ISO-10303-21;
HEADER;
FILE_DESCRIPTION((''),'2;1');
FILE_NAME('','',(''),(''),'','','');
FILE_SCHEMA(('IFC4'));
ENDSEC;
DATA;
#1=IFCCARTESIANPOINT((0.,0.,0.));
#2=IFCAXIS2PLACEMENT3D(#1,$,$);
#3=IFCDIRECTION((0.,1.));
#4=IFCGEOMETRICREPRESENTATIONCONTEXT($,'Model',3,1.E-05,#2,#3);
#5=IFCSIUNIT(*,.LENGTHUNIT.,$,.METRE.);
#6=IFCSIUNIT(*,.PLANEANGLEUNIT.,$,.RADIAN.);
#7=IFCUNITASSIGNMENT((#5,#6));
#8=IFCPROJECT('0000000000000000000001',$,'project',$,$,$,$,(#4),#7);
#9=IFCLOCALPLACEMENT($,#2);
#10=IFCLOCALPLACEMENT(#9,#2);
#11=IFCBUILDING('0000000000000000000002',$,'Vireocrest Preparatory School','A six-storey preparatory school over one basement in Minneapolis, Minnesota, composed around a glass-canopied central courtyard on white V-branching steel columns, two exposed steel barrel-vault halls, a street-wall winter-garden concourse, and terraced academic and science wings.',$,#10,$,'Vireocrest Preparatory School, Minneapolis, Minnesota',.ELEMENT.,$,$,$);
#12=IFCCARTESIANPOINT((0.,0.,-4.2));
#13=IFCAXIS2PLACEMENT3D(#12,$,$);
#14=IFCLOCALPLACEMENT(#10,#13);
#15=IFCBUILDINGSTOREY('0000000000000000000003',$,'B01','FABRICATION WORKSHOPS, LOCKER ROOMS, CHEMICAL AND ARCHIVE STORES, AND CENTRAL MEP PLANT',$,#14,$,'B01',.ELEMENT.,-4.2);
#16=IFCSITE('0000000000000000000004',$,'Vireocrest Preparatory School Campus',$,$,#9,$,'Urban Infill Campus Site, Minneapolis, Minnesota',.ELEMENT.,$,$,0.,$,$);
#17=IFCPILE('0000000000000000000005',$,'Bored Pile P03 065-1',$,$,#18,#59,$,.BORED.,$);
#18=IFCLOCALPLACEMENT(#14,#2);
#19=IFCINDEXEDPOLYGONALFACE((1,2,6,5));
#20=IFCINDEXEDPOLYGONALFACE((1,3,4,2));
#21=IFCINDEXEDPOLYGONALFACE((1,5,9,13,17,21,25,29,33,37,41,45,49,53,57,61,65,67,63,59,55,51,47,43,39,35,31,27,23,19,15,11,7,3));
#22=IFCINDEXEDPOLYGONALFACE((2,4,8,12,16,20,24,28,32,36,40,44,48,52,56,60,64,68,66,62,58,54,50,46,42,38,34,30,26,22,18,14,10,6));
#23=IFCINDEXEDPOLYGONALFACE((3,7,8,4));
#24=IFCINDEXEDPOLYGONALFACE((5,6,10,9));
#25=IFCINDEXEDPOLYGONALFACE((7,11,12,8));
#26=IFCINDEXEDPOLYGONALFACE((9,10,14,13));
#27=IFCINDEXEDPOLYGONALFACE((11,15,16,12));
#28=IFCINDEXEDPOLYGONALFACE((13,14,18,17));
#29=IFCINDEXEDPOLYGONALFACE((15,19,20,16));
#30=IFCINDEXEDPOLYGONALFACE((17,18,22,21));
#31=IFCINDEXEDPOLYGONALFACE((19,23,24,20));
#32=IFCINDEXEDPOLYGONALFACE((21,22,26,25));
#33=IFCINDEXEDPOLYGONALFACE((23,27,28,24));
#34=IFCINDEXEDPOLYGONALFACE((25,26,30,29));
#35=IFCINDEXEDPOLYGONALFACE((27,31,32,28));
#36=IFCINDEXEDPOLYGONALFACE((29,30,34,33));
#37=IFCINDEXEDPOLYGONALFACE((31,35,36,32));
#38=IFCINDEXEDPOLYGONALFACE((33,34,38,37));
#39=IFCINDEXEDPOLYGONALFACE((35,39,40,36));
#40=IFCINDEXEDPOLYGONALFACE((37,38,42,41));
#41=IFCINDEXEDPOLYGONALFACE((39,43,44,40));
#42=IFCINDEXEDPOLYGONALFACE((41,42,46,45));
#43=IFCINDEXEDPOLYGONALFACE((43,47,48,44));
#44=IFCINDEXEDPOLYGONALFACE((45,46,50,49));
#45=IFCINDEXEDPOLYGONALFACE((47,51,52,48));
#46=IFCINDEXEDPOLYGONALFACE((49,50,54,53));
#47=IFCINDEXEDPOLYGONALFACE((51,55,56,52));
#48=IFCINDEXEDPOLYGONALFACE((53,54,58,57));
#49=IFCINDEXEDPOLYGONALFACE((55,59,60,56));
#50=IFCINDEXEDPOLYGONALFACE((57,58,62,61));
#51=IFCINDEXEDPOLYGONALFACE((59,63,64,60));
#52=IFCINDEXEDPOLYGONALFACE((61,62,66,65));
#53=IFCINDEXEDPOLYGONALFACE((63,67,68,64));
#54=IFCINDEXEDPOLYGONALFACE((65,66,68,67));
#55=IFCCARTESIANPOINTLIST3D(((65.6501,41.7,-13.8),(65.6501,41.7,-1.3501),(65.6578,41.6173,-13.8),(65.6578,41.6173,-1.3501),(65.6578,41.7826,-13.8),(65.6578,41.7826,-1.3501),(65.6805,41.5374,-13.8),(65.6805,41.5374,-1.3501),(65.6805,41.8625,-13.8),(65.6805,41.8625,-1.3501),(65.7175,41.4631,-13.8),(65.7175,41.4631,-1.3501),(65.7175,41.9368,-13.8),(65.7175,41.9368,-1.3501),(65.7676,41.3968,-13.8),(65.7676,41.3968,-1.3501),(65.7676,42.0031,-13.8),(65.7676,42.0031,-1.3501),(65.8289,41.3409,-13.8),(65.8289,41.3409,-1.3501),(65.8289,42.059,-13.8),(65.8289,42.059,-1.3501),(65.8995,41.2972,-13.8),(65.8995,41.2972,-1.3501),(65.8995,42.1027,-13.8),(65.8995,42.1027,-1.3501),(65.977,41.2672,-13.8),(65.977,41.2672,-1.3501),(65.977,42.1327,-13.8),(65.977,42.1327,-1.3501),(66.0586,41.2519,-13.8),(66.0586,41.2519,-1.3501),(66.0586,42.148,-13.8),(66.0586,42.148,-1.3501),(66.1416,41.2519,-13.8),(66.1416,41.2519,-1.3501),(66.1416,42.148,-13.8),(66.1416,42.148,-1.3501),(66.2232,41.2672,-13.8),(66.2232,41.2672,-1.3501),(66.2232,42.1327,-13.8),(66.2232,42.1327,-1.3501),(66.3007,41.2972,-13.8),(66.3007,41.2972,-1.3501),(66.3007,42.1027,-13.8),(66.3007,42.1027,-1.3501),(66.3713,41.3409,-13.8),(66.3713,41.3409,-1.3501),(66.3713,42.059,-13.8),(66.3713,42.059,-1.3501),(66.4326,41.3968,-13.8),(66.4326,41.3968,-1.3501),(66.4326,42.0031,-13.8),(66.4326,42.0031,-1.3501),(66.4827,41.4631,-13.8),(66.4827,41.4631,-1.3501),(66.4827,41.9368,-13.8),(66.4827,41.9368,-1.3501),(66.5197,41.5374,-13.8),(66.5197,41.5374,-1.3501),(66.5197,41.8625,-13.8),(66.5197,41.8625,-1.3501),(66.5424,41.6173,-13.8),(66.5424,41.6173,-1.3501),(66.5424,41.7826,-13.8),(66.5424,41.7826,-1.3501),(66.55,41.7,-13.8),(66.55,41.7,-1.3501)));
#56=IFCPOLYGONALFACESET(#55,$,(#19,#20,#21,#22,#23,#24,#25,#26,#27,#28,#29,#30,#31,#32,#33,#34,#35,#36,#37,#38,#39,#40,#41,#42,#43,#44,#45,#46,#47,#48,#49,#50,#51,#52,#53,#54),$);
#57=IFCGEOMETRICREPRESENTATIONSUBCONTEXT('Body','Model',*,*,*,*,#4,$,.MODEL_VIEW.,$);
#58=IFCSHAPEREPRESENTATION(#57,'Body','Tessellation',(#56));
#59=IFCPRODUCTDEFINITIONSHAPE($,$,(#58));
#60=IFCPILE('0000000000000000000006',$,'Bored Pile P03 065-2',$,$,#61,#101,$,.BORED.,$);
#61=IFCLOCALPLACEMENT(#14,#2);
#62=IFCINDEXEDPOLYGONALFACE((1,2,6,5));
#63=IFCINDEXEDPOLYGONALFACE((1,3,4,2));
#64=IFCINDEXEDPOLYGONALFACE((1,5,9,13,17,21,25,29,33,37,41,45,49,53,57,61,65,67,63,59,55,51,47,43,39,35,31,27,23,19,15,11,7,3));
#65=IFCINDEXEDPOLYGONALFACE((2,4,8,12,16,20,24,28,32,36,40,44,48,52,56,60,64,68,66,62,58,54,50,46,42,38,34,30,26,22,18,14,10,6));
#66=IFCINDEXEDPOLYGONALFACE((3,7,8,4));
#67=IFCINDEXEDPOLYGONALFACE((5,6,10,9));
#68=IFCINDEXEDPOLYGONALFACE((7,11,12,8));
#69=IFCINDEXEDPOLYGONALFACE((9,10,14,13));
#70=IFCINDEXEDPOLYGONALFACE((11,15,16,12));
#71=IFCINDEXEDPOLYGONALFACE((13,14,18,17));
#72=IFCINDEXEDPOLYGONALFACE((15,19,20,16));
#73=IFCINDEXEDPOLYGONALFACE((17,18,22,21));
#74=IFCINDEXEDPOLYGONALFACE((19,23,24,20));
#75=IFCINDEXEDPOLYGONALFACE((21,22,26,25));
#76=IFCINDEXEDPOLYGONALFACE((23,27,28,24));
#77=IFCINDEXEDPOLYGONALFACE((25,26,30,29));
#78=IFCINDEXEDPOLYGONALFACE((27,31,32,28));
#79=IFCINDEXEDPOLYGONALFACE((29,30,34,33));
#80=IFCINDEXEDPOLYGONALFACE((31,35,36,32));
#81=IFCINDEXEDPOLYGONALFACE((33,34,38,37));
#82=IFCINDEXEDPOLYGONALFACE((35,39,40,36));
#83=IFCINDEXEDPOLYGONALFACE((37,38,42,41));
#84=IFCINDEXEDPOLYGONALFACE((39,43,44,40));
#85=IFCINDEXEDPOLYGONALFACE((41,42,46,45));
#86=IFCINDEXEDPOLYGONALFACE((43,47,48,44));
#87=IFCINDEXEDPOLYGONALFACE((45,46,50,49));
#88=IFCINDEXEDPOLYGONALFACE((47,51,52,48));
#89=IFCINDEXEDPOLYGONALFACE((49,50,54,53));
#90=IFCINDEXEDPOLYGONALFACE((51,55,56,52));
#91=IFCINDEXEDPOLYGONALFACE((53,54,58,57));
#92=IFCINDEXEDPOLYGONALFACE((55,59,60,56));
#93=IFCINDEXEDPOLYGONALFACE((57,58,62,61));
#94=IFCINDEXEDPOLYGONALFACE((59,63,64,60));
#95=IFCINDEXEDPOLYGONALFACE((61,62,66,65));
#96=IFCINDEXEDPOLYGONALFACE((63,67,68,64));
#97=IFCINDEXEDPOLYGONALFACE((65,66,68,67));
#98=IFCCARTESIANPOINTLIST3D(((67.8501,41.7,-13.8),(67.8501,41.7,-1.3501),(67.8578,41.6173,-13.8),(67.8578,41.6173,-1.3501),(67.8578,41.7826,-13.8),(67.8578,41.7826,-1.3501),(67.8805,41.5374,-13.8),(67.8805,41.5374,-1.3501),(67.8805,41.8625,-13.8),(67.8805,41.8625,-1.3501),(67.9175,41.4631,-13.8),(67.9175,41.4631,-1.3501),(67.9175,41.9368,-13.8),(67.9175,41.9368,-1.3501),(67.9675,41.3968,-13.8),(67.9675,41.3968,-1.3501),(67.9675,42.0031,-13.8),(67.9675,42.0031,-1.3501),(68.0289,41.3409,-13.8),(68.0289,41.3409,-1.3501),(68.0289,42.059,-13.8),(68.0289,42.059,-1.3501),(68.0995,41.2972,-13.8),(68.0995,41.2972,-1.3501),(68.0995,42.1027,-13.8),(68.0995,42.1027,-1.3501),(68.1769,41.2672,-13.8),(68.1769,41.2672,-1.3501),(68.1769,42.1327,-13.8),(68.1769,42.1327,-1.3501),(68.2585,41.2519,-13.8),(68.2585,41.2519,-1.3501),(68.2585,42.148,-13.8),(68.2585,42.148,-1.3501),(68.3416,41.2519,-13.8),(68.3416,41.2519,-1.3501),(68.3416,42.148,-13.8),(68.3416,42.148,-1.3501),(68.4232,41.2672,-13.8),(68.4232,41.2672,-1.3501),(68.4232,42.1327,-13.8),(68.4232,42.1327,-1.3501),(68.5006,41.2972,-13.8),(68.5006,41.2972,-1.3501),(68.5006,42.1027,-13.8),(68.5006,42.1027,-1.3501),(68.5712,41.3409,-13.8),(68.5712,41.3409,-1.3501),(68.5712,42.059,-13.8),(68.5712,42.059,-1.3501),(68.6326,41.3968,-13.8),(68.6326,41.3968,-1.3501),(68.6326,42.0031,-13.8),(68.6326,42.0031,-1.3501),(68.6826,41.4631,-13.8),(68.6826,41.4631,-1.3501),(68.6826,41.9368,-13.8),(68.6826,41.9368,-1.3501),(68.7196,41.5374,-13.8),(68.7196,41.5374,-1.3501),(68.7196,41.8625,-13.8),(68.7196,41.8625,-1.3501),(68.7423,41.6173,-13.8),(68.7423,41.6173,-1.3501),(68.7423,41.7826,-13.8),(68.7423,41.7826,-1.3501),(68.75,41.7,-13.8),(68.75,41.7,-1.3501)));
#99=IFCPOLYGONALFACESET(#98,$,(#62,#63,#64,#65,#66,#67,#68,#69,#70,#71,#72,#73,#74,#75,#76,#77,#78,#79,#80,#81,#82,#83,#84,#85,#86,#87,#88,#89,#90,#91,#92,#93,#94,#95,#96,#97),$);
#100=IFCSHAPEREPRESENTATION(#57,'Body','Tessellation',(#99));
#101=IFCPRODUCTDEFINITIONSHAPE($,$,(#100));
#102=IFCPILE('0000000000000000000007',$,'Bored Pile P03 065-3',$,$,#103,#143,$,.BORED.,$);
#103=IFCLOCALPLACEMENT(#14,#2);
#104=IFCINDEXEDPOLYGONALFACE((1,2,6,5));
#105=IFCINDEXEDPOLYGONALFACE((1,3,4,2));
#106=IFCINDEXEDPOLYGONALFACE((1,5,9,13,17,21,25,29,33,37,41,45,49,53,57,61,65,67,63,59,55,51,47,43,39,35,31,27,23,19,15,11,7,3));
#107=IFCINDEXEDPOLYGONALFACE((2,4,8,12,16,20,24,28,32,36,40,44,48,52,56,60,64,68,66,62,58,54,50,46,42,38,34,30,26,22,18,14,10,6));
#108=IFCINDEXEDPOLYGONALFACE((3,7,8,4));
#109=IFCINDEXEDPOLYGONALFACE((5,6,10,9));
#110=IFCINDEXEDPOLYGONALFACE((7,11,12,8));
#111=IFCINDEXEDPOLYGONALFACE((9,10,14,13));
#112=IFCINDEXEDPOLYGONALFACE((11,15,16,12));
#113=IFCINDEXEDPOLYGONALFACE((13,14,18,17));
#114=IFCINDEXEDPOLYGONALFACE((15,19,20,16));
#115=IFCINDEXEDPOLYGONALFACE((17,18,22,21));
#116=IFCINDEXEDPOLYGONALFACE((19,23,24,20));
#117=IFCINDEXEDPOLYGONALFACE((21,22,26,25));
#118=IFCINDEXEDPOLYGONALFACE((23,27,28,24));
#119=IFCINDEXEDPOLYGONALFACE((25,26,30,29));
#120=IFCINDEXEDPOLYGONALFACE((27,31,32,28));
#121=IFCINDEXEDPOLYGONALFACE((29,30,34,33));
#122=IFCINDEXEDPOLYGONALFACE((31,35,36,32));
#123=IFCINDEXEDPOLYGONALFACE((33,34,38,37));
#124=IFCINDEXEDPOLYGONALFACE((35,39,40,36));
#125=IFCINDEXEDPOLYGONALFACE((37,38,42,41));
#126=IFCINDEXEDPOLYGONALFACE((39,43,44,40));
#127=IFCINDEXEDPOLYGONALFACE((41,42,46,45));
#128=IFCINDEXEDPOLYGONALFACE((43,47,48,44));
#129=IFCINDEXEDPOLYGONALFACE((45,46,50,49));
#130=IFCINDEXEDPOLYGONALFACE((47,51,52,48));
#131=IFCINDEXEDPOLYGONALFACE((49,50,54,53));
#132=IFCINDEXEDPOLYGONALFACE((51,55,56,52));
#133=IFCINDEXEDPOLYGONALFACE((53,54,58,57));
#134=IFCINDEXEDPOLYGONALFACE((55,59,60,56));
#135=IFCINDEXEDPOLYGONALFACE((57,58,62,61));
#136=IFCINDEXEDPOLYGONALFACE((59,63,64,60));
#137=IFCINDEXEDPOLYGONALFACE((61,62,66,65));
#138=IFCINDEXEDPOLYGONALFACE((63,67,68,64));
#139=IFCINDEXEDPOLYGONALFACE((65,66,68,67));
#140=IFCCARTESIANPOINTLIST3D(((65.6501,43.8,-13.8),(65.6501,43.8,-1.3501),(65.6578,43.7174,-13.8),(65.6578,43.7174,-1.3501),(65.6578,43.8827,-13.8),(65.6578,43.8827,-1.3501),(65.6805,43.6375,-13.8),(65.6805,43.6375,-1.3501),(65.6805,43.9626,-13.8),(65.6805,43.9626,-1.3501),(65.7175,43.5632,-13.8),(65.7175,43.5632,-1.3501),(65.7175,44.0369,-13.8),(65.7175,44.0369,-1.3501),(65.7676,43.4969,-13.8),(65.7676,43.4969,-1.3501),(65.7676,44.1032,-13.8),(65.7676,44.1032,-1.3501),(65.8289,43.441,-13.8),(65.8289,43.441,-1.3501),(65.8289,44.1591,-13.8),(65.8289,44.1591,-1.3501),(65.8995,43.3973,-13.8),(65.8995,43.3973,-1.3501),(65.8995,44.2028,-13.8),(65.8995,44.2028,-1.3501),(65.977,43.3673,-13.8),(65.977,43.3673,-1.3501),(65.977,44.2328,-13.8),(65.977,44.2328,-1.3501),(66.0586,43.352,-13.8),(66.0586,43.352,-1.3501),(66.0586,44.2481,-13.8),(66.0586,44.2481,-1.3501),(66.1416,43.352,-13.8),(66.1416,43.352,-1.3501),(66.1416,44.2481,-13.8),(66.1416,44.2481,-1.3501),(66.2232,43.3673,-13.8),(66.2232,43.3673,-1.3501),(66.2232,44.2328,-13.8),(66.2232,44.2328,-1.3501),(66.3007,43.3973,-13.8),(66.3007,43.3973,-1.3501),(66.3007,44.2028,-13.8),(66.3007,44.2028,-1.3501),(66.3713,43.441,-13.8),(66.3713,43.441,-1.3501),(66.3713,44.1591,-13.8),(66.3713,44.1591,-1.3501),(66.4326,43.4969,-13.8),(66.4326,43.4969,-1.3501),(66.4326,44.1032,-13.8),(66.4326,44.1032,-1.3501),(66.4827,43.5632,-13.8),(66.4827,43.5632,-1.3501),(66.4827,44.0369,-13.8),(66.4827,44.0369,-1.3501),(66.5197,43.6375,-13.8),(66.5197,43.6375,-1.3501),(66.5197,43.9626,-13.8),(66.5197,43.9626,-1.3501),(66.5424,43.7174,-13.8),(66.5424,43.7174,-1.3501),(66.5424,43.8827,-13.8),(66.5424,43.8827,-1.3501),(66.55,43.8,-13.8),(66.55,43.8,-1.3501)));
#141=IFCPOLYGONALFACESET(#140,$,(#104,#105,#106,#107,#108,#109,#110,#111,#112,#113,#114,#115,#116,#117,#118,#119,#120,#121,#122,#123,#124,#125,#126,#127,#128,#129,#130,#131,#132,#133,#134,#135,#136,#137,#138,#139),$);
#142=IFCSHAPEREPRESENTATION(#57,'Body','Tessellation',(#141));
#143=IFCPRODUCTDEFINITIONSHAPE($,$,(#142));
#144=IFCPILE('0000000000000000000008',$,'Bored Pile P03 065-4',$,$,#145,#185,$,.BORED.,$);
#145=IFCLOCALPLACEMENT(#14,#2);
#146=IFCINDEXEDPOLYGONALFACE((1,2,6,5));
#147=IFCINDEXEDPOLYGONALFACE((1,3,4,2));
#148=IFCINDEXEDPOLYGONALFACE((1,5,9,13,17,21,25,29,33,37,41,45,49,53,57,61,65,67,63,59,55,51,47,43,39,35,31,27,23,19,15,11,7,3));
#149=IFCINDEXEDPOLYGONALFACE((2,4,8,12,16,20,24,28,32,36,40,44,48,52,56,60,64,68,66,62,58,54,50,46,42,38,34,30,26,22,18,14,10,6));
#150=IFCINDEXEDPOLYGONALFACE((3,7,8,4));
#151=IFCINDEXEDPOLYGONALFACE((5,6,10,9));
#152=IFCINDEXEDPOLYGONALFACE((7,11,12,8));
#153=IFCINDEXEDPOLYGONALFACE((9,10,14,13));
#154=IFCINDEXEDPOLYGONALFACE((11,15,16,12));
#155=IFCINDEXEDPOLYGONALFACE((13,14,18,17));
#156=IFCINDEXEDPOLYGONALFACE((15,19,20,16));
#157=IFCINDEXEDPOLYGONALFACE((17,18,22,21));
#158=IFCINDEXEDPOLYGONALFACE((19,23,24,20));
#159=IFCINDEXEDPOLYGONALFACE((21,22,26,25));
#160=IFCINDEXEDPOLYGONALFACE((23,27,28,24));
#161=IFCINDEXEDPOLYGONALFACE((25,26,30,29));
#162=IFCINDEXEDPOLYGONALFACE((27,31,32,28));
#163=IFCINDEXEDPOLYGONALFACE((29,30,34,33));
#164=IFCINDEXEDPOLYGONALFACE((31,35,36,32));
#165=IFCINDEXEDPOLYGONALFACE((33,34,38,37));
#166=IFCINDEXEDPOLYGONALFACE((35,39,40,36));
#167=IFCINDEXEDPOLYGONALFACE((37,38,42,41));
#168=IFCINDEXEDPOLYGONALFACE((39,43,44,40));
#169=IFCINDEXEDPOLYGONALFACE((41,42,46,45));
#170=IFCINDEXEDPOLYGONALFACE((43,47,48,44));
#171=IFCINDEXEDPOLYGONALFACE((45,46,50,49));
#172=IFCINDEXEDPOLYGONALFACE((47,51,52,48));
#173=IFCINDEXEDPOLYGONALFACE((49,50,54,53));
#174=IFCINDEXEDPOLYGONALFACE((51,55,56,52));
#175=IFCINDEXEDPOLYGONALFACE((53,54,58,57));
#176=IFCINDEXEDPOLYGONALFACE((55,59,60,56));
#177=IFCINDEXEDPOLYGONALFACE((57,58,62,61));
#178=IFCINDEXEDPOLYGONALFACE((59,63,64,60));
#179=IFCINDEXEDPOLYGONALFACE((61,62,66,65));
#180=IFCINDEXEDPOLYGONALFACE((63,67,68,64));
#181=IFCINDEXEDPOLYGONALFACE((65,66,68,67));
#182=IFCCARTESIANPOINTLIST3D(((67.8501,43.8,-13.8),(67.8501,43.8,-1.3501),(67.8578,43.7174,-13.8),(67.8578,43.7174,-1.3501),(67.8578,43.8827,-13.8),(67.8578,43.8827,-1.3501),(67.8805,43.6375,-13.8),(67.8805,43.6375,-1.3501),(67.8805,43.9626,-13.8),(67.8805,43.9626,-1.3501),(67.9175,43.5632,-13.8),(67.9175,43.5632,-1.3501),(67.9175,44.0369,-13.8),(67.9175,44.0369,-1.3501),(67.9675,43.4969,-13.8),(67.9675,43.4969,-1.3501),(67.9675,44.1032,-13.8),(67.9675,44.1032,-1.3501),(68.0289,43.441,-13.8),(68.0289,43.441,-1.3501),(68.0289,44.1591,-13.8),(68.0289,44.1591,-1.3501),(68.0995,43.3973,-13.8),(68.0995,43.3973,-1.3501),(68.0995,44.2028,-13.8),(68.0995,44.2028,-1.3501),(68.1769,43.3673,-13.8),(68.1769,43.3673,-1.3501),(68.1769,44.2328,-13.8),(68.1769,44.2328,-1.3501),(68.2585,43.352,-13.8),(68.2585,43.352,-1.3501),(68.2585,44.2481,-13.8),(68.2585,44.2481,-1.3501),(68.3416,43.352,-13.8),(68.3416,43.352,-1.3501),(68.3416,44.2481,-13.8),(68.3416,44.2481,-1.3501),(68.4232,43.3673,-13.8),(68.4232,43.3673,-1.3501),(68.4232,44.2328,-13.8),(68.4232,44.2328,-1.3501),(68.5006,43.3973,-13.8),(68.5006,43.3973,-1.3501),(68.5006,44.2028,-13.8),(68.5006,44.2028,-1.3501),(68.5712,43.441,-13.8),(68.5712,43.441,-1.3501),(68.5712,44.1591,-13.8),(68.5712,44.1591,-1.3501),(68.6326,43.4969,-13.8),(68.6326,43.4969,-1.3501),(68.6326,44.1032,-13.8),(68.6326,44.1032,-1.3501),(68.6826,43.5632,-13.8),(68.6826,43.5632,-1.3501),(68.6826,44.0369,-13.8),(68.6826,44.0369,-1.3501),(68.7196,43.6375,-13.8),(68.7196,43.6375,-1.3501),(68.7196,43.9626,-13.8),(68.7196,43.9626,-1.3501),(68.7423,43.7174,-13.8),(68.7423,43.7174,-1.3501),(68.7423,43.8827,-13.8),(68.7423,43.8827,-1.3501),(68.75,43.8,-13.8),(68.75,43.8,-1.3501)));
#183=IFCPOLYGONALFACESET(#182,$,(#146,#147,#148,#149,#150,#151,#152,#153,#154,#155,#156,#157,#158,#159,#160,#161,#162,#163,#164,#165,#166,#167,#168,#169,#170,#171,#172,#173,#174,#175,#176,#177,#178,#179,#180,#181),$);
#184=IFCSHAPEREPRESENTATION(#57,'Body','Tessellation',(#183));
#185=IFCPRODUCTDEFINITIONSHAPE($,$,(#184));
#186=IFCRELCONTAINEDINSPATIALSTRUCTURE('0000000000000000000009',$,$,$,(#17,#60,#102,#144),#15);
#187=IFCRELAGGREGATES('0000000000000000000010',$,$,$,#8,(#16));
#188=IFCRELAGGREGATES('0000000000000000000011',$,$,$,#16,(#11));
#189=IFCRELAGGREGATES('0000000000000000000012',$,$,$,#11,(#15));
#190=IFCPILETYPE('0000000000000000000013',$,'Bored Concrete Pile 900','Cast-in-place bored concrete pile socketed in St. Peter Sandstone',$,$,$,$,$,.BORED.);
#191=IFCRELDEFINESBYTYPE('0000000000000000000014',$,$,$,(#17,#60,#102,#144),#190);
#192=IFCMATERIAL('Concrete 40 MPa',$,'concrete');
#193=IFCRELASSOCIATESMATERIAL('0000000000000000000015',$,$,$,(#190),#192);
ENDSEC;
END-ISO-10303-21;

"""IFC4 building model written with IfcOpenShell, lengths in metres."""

from ifc_helpers import new_model, si_unit, direction, frame, origin, origin_2d, place, context, subcontext, project, spatial, circle, extrude, material, material_profile, profile_set, type_object, element, save


model = new_model("IFC4")

# Units and contexts
model_context = context("Model", 3, precision=1e-05, world=origin(), true_north=direction((0.0, 1.0)))
body_context = subcontext(model_context, "Body", "Model", "MODEL_VIEW")
ifc_project = project(units=[si_unit("LENGTHUNIT", "METRE"), si_unit("PLANEANGLEUNIT", "RADIAN")], contexts=[model_context])

# Site, building, storey
site_placement = place(None, origin())
site = spatial("IfcSite", under=ifc_project, at=site_placement, Name="Vireocrest Preparatory School Campus", LongName="Urban Infill Campus Site, Minneapolis, Minnesota", CompositionType="ELEMENT", RefElevation=0.0)
building_placement = place(site_placement, origin())
building = spatial("IfcBuilding", under=site, at=building_placement, Name="Vireocrest Preparatory School", Description="A six-storey preparatory school over one basement in Minneapolis, Minnesota, composed around a glass-canopied central courtyard on white V-branching steel columns, two exposed steel barrel-vault halls, a street-wall winter-garden concourse, and terraced academic and science wings.", LongName="Vireocrest Preparatory School, Minneapolis, Minnesota", CompositionType="ELEMENT")
storey_placement = place(building_placement, frame((0.0, 0.0, -4.2)))
storey = spatial("IfcBuildingStorey", under=building, at=storey_placement, Name="B01", Description="FABRICATION WORKSHOPS, LOCKER ROOMS, CHEMICAL AND ARCHIVE STORES, AND CENTRAL MEP PLANT", LongName="B01", CompositionType="ELEMENT", Elevation=-4.2)

# Piles
ifc_material_1 = material(Name="Concrete 40 MPa", Category="concrete")
ifc_material_profile_1 = material_profile(ifc_material_1, circle(Radius=0.45, at=origin_2d()), Name="BORED PILE 900")
ifc_profile_set_1 = profile_set([ifc_material_profile_1], Name="Concrete 40 MPa")
pile_type_1 = type_object("IfcPileType", Name="Bored Concrete Pile 900", Description="Cast-in-place bored concrete pile socketed in St. Peter Sandstone", PredefinedType="BORED", material=ifc_profile_set_1)
for number, where, z_axis, x_axis, name in (
    (1, (66.1001, 41.7, -1.3501), (0.0, 0.0, -1.0), (1.0, 0.0, 0.0), "Bored Pile P03 065-1"),
    (2, (68.3, 41.7, -1.3501), (0.0, 0.0, -1.0), (1.0, 0.0, 0.0), "Bored Pile P03 065-2"),
    (3, (66.1001, 43.8, -1.3501), (0.0, 0.0, -1.0), (1.0, 0.0, 0.0), "Bored Pile P03 065-3"),
    (4, (68.3, 43.8, -1.3501), (0.0, 0.0, -1.0), (1.0, 0.0, 0.0), "Bored Pile P03 065-4"),
):
    element("IfcPile", number, at=place(storey_placement, frame(where, z_axis=z_axis, x_axis=x_axis)), inside=storey, type_object=pile_type_1, Name=name, PredefinedType="BORED", context=body_context, shape_type="SweptSolid", body=[
        extrude(circle(Radius=0.45, at=origin_2d()), origin(), (0.0, 0.0, 1.0), 12.45),
    ])

save(model, "model.ifc")
